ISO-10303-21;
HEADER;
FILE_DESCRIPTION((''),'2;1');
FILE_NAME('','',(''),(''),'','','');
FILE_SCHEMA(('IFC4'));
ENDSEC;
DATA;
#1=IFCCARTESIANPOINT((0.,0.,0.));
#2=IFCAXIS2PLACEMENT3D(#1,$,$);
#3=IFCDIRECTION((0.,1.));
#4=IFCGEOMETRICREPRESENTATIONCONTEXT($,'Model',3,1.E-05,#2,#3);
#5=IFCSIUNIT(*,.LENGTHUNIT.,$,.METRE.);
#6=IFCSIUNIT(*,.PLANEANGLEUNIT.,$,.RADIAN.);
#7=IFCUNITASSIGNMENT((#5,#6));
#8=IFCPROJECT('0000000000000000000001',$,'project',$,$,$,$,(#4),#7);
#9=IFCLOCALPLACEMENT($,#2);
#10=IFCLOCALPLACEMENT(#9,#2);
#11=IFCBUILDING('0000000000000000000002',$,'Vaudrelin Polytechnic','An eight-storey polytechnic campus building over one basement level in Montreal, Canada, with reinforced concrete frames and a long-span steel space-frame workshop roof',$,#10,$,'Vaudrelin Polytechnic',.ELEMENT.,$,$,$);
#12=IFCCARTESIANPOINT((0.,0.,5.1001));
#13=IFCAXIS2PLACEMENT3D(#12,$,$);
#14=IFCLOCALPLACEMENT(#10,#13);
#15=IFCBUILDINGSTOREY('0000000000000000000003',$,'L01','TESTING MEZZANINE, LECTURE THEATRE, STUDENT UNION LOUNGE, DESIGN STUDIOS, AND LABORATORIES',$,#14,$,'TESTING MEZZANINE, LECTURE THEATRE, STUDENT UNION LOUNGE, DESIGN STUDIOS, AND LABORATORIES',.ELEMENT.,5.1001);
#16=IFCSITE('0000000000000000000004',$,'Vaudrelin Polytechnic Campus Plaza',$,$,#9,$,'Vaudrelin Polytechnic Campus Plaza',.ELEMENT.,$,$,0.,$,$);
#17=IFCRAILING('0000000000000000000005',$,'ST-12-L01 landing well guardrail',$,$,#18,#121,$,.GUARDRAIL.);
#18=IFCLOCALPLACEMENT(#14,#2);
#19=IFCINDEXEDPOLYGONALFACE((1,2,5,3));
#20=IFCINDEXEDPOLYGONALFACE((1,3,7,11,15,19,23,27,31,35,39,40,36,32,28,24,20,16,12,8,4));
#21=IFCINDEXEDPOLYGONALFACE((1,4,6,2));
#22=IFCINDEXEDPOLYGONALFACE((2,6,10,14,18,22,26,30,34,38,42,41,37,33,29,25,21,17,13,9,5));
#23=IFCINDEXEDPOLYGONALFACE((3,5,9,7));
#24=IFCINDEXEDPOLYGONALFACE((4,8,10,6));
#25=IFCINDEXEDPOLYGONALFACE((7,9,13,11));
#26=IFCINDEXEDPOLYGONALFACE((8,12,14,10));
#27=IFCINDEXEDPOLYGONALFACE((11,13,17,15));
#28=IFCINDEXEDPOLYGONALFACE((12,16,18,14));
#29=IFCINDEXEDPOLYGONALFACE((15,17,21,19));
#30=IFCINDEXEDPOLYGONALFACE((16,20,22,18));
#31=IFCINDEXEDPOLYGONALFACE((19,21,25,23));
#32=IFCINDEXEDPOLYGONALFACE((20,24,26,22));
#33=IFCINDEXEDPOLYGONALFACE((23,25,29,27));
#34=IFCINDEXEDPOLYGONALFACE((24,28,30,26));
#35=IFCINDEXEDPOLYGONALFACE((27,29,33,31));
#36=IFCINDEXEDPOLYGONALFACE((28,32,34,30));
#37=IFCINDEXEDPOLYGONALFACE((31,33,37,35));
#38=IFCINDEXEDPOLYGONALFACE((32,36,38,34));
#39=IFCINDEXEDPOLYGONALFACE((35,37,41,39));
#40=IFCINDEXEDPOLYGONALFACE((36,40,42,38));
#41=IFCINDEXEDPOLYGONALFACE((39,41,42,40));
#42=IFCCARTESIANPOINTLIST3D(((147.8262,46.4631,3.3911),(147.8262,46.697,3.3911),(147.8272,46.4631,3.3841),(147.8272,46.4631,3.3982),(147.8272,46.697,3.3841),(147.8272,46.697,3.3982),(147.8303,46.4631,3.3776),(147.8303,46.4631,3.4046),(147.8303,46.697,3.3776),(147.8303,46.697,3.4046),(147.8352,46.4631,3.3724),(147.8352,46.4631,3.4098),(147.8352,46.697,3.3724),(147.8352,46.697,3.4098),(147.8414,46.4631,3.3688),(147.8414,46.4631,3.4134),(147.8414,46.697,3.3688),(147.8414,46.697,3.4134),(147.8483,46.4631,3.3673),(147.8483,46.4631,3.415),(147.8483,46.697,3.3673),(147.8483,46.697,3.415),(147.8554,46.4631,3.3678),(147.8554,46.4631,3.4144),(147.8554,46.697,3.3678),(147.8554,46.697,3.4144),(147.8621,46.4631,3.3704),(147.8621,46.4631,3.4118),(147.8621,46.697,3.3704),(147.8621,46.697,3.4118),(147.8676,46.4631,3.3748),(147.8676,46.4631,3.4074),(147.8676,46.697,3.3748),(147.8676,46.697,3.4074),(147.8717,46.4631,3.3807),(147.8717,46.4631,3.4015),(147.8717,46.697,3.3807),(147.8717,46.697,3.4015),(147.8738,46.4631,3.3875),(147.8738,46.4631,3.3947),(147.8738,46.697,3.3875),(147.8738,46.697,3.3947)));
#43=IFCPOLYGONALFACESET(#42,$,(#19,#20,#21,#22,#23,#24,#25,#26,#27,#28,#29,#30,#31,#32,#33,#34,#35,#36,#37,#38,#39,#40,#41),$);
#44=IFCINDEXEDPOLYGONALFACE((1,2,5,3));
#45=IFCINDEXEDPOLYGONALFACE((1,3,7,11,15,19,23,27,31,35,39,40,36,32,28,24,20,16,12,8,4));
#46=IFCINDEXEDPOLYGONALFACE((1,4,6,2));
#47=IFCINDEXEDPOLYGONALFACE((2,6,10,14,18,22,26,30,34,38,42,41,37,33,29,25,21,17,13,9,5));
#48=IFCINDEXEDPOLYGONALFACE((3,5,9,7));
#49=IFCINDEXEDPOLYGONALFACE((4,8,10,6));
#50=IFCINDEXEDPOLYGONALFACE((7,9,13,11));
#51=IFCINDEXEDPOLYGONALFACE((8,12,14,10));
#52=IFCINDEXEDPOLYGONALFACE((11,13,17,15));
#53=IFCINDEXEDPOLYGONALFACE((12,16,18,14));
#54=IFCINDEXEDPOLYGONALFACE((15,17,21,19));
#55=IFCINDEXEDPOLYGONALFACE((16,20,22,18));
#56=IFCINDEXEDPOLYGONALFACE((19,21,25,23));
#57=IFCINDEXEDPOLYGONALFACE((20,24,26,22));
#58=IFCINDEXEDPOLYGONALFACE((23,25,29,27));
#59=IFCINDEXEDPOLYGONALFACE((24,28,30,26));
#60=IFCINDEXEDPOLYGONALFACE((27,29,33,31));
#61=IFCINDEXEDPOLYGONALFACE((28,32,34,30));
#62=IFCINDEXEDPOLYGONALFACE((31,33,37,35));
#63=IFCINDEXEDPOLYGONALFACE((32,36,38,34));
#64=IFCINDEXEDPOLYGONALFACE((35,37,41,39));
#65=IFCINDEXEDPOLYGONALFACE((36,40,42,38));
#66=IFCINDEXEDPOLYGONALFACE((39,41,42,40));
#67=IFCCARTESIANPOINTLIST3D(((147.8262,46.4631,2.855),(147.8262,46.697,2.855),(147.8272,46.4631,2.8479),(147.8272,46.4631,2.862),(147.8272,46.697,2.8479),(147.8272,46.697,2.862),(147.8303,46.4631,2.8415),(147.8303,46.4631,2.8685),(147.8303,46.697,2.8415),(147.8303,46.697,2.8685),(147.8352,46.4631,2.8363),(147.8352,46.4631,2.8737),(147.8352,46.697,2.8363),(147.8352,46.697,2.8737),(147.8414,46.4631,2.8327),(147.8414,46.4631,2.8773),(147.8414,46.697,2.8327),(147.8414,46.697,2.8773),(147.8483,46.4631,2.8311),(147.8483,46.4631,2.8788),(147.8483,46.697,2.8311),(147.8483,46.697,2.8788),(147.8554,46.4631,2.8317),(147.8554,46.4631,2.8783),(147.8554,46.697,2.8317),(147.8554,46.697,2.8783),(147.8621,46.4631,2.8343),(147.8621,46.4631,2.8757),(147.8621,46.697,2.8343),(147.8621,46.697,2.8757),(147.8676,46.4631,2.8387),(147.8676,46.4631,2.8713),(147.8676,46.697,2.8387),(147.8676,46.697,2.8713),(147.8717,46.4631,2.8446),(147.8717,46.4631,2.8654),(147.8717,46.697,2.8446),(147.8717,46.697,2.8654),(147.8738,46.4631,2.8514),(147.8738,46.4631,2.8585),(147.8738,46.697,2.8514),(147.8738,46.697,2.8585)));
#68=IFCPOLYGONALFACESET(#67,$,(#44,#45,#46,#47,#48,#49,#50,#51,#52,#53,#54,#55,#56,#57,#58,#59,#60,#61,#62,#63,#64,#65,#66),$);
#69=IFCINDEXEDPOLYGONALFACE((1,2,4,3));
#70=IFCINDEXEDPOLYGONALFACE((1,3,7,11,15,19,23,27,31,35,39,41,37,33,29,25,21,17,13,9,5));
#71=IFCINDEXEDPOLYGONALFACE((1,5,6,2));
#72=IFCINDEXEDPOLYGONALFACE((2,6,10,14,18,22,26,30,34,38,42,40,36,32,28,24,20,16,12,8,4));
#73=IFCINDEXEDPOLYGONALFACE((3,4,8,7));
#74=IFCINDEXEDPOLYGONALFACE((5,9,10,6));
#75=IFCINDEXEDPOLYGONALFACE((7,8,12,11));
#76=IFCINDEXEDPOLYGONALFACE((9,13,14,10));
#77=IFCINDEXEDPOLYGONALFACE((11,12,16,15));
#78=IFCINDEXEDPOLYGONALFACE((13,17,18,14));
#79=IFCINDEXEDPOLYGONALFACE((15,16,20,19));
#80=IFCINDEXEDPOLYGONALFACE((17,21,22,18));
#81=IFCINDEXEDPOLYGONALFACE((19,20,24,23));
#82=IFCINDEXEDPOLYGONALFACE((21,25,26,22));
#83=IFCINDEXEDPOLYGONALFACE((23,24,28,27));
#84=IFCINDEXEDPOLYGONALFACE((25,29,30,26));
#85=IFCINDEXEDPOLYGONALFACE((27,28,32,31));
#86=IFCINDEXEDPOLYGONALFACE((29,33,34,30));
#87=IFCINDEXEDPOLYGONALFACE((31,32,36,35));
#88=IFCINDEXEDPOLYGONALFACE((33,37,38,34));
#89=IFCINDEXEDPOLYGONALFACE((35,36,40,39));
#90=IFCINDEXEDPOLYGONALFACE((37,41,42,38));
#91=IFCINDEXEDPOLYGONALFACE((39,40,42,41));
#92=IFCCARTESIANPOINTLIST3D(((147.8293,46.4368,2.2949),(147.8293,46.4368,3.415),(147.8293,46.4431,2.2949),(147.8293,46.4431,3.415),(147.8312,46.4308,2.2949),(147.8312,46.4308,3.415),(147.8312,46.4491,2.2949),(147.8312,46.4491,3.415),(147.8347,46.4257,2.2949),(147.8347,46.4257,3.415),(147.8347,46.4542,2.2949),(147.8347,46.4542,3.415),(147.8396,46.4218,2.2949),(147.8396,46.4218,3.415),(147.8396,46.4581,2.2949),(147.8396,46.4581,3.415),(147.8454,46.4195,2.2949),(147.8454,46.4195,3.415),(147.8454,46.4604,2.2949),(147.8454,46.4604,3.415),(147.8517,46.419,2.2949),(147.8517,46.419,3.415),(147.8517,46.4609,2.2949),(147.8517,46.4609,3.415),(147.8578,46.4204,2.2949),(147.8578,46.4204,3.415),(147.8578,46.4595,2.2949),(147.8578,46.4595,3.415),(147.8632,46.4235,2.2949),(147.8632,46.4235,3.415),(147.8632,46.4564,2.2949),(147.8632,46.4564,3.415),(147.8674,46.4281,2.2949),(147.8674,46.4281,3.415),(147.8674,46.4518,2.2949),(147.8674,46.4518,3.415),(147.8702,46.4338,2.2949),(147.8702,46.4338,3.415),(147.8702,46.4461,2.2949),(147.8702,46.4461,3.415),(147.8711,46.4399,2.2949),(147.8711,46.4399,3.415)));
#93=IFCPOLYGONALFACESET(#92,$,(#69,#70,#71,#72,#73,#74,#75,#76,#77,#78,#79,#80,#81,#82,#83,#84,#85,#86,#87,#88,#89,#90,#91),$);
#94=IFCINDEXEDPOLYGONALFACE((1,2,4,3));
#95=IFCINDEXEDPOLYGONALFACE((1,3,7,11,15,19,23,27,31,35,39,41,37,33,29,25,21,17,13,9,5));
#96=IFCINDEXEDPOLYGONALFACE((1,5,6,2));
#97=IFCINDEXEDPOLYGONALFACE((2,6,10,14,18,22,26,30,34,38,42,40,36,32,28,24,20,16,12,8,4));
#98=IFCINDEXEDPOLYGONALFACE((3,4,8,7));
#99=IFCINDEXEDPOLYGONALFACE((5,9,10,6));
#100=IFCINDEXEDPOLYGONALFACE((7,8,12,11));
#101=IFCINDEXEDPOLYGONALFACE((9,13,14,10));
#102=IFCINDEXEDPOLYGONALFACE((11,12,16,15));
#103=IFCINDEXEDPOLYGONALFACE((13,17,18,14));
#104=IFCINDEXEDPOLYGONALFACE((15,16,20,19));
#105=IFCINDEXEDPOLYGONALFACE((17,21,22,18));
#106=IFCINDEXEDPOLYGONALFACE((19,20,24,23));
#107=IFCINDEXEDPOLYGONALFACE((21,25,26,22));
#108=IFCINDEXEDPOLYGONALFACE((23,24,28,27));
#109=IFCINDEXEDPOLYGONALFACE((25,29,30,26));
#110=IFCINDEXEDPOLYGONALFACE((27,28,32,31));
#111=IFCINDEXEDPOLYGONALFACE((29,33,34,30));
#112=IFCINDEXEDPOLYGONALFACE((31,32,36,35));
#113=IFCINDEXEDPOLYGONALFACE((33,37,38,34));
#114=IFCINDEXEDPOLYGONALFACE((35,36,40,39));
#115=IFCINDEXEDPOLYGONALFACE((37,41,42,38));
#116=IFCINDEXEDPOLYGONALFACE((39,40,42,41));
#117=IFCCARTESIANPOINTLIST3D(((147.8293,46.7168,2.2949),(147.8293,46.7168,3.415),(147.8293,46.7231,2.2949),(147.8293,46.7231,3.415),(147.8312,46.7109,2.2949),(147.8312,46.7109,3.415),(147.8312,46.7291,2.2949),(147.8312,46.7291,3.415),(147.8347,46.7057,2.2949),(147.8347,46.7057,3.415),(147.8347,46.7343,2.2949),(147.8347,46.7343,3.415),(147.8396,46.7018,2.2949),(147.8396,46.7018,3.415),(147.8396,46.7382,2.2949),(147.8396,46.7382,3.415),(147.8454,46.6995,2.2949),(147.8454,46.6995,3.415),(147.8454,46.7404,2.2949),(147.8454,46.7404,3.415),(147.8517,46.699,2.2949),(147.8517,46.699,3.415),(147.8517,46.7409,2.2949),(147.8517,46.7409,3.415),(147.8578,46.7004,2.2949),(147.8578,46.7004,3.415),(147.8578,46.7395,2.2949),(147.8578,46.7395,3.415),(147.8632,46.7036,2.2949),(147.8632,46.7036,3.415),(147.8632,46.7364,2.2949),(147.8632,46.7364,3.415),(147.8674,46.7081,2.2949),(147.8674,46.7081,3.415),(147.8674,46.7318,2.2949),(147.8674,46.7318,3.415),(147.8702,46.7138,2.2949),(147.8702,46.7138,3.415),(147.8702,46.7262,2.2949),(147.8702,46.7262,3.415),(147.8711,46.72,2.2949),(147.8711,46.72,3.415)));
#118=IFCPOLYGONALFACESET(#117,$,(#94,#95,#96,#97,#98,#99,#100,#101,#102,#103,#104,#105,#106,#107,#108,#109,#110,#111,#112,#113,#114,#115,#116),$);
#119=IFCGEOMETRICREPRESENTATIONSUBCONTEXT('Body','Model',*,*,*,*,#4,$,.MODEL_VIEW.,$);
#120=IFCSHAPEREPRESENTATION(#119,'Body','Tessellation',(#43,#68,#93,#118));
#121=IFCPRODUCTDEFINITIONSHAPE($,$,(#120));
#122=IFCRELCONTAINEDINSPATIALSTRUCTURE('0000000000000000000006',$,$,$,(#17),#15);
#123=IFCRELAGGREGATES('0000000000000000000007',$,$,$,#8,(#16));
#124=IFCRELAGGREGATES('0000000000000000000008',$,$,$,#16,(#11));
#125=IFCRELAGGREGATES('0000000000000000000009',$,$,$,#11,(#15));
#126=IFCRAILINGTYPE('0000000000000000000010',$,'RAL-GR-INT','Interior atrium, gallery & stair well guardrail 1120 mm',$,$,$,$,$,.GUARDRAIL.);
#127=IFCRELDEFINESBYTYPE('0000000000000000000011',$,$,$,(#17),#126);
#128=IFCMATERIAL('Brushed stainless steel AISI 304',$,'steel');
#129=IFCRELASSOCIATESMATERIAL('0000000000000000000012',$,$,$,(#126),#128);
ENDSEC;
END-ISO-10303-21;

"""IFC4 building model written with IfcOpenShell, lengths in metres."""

from ifc_helpers import new_model, si_unit, direction, frame, origin, origin_2d, place, context, subcontext, project, spatial, circle, extrude, material, type_object, element, save


model = new_model("IFC4")

# Units and contexts
model_context = context("Model", 3, precision=1e-05, world=origin(), true_north=direction((0.0, 1.0)))
body_context = subcontext(model_context, "Body", "Model", "MODEL_VIEW")
ifc_project = project(units=[si_unit("LENGTHUNIT", "METRE"), si_unit("PLANEANGLEUNIT", "RADIAN")], contexts=[model_context])

# Site, building, storey
site_placement = place(None, origin())
site = spatial("IfcSite", under=ifc_project, at=site_placement, Name="Vaudrelin Polytechnic Campus Plaza", LongName="Vaudrelin Polytechnic Campus Plaza", CompositionType="ELEMENT", RefElevation=0.0)
building_placement = place(site_placement, origin())
building = spatial("IfcBuilding", under=site, at=building_placement, Name="Vaudrelin Polytechnic", Description="An eight-storey polytechnic campus building over one basement level in Montreal, Canada, with reinforced concrete frames and a long-span steel space-frame workshop roof", LongName="Vaudrelin Polytechnic", CompositionType="ELEMENT")
storey_placement = place(building_placement, frame((0.0, 0.0, 5.1001)))
storey = spatial("IfcBuildingStorey", under=building, at=storey_placement, Name="L01", Description="TESTING MEZZANINE, LECTURE THEATRE, STUDENT UNION LOUNGE, DESIGN STUDIOS, AND LABORATORIES", LongName="TESTING MEZZANINE, LECTURE THEATRE, STUDENT UNION LOUNGE, DESIGN STUDIOS, AND LABORATORIES", CompositionType="ELEMENT", Elevation=5.1001)

# Railing
ifc_material_1 = material(Name="Brushed stainless steel AISI 304", Category="steel")
railing_type_1 = type_object("IfcRailingType", Name="RAL-GR-INT", Description="Interior atrium, gallery & stair well guardrail 1120 mm", PredefinedType="GUARDRAIL", material=ifc_material_1)
railing_1_placement = place(storey_placement, frame((147.8501, 46.4399, 2.2949)))
element("IfcRailing", 1, at=railing_1_placement, inside=storey, type_object=railing_type_1, Name="ST-12-L01 landing well guardrail", PredefinedType="GUARDRAIL", context=body_context, shape_type="SweptSolid", body=[
    extrude(circle(Radius=0.0239, at=origin_2d()), frame((0.0, 0.0232, 1.0962), z_axis=(0.0, 1.0, 0.0), x_axis=(-1.0, 0.0, 0.0)), (0.0, 0.0, 1.0), 0.2339),
    extrude(circle(Radius=0.0239, at=origin_2d()), frame((0.0, 0.0232, 0.5601), z_axis=(0.0, 1.0, 0.0), x_axis=(-1.0, 0.0, 0.0)), (0.0, 0.0, 1.0), 0.2339),
    extrude(circle(Radius=0.021, at=origin_2d()), origin(), (0.0, 0.0, 1.0), 1.1201),
    extrude(circle(Radius=0.021, at=origin_2d()), frame((0.0, 0.28, 0.0)), (0.0, 0.0, 1.0), 1.1201),
])

save(model, "model.ifc")
